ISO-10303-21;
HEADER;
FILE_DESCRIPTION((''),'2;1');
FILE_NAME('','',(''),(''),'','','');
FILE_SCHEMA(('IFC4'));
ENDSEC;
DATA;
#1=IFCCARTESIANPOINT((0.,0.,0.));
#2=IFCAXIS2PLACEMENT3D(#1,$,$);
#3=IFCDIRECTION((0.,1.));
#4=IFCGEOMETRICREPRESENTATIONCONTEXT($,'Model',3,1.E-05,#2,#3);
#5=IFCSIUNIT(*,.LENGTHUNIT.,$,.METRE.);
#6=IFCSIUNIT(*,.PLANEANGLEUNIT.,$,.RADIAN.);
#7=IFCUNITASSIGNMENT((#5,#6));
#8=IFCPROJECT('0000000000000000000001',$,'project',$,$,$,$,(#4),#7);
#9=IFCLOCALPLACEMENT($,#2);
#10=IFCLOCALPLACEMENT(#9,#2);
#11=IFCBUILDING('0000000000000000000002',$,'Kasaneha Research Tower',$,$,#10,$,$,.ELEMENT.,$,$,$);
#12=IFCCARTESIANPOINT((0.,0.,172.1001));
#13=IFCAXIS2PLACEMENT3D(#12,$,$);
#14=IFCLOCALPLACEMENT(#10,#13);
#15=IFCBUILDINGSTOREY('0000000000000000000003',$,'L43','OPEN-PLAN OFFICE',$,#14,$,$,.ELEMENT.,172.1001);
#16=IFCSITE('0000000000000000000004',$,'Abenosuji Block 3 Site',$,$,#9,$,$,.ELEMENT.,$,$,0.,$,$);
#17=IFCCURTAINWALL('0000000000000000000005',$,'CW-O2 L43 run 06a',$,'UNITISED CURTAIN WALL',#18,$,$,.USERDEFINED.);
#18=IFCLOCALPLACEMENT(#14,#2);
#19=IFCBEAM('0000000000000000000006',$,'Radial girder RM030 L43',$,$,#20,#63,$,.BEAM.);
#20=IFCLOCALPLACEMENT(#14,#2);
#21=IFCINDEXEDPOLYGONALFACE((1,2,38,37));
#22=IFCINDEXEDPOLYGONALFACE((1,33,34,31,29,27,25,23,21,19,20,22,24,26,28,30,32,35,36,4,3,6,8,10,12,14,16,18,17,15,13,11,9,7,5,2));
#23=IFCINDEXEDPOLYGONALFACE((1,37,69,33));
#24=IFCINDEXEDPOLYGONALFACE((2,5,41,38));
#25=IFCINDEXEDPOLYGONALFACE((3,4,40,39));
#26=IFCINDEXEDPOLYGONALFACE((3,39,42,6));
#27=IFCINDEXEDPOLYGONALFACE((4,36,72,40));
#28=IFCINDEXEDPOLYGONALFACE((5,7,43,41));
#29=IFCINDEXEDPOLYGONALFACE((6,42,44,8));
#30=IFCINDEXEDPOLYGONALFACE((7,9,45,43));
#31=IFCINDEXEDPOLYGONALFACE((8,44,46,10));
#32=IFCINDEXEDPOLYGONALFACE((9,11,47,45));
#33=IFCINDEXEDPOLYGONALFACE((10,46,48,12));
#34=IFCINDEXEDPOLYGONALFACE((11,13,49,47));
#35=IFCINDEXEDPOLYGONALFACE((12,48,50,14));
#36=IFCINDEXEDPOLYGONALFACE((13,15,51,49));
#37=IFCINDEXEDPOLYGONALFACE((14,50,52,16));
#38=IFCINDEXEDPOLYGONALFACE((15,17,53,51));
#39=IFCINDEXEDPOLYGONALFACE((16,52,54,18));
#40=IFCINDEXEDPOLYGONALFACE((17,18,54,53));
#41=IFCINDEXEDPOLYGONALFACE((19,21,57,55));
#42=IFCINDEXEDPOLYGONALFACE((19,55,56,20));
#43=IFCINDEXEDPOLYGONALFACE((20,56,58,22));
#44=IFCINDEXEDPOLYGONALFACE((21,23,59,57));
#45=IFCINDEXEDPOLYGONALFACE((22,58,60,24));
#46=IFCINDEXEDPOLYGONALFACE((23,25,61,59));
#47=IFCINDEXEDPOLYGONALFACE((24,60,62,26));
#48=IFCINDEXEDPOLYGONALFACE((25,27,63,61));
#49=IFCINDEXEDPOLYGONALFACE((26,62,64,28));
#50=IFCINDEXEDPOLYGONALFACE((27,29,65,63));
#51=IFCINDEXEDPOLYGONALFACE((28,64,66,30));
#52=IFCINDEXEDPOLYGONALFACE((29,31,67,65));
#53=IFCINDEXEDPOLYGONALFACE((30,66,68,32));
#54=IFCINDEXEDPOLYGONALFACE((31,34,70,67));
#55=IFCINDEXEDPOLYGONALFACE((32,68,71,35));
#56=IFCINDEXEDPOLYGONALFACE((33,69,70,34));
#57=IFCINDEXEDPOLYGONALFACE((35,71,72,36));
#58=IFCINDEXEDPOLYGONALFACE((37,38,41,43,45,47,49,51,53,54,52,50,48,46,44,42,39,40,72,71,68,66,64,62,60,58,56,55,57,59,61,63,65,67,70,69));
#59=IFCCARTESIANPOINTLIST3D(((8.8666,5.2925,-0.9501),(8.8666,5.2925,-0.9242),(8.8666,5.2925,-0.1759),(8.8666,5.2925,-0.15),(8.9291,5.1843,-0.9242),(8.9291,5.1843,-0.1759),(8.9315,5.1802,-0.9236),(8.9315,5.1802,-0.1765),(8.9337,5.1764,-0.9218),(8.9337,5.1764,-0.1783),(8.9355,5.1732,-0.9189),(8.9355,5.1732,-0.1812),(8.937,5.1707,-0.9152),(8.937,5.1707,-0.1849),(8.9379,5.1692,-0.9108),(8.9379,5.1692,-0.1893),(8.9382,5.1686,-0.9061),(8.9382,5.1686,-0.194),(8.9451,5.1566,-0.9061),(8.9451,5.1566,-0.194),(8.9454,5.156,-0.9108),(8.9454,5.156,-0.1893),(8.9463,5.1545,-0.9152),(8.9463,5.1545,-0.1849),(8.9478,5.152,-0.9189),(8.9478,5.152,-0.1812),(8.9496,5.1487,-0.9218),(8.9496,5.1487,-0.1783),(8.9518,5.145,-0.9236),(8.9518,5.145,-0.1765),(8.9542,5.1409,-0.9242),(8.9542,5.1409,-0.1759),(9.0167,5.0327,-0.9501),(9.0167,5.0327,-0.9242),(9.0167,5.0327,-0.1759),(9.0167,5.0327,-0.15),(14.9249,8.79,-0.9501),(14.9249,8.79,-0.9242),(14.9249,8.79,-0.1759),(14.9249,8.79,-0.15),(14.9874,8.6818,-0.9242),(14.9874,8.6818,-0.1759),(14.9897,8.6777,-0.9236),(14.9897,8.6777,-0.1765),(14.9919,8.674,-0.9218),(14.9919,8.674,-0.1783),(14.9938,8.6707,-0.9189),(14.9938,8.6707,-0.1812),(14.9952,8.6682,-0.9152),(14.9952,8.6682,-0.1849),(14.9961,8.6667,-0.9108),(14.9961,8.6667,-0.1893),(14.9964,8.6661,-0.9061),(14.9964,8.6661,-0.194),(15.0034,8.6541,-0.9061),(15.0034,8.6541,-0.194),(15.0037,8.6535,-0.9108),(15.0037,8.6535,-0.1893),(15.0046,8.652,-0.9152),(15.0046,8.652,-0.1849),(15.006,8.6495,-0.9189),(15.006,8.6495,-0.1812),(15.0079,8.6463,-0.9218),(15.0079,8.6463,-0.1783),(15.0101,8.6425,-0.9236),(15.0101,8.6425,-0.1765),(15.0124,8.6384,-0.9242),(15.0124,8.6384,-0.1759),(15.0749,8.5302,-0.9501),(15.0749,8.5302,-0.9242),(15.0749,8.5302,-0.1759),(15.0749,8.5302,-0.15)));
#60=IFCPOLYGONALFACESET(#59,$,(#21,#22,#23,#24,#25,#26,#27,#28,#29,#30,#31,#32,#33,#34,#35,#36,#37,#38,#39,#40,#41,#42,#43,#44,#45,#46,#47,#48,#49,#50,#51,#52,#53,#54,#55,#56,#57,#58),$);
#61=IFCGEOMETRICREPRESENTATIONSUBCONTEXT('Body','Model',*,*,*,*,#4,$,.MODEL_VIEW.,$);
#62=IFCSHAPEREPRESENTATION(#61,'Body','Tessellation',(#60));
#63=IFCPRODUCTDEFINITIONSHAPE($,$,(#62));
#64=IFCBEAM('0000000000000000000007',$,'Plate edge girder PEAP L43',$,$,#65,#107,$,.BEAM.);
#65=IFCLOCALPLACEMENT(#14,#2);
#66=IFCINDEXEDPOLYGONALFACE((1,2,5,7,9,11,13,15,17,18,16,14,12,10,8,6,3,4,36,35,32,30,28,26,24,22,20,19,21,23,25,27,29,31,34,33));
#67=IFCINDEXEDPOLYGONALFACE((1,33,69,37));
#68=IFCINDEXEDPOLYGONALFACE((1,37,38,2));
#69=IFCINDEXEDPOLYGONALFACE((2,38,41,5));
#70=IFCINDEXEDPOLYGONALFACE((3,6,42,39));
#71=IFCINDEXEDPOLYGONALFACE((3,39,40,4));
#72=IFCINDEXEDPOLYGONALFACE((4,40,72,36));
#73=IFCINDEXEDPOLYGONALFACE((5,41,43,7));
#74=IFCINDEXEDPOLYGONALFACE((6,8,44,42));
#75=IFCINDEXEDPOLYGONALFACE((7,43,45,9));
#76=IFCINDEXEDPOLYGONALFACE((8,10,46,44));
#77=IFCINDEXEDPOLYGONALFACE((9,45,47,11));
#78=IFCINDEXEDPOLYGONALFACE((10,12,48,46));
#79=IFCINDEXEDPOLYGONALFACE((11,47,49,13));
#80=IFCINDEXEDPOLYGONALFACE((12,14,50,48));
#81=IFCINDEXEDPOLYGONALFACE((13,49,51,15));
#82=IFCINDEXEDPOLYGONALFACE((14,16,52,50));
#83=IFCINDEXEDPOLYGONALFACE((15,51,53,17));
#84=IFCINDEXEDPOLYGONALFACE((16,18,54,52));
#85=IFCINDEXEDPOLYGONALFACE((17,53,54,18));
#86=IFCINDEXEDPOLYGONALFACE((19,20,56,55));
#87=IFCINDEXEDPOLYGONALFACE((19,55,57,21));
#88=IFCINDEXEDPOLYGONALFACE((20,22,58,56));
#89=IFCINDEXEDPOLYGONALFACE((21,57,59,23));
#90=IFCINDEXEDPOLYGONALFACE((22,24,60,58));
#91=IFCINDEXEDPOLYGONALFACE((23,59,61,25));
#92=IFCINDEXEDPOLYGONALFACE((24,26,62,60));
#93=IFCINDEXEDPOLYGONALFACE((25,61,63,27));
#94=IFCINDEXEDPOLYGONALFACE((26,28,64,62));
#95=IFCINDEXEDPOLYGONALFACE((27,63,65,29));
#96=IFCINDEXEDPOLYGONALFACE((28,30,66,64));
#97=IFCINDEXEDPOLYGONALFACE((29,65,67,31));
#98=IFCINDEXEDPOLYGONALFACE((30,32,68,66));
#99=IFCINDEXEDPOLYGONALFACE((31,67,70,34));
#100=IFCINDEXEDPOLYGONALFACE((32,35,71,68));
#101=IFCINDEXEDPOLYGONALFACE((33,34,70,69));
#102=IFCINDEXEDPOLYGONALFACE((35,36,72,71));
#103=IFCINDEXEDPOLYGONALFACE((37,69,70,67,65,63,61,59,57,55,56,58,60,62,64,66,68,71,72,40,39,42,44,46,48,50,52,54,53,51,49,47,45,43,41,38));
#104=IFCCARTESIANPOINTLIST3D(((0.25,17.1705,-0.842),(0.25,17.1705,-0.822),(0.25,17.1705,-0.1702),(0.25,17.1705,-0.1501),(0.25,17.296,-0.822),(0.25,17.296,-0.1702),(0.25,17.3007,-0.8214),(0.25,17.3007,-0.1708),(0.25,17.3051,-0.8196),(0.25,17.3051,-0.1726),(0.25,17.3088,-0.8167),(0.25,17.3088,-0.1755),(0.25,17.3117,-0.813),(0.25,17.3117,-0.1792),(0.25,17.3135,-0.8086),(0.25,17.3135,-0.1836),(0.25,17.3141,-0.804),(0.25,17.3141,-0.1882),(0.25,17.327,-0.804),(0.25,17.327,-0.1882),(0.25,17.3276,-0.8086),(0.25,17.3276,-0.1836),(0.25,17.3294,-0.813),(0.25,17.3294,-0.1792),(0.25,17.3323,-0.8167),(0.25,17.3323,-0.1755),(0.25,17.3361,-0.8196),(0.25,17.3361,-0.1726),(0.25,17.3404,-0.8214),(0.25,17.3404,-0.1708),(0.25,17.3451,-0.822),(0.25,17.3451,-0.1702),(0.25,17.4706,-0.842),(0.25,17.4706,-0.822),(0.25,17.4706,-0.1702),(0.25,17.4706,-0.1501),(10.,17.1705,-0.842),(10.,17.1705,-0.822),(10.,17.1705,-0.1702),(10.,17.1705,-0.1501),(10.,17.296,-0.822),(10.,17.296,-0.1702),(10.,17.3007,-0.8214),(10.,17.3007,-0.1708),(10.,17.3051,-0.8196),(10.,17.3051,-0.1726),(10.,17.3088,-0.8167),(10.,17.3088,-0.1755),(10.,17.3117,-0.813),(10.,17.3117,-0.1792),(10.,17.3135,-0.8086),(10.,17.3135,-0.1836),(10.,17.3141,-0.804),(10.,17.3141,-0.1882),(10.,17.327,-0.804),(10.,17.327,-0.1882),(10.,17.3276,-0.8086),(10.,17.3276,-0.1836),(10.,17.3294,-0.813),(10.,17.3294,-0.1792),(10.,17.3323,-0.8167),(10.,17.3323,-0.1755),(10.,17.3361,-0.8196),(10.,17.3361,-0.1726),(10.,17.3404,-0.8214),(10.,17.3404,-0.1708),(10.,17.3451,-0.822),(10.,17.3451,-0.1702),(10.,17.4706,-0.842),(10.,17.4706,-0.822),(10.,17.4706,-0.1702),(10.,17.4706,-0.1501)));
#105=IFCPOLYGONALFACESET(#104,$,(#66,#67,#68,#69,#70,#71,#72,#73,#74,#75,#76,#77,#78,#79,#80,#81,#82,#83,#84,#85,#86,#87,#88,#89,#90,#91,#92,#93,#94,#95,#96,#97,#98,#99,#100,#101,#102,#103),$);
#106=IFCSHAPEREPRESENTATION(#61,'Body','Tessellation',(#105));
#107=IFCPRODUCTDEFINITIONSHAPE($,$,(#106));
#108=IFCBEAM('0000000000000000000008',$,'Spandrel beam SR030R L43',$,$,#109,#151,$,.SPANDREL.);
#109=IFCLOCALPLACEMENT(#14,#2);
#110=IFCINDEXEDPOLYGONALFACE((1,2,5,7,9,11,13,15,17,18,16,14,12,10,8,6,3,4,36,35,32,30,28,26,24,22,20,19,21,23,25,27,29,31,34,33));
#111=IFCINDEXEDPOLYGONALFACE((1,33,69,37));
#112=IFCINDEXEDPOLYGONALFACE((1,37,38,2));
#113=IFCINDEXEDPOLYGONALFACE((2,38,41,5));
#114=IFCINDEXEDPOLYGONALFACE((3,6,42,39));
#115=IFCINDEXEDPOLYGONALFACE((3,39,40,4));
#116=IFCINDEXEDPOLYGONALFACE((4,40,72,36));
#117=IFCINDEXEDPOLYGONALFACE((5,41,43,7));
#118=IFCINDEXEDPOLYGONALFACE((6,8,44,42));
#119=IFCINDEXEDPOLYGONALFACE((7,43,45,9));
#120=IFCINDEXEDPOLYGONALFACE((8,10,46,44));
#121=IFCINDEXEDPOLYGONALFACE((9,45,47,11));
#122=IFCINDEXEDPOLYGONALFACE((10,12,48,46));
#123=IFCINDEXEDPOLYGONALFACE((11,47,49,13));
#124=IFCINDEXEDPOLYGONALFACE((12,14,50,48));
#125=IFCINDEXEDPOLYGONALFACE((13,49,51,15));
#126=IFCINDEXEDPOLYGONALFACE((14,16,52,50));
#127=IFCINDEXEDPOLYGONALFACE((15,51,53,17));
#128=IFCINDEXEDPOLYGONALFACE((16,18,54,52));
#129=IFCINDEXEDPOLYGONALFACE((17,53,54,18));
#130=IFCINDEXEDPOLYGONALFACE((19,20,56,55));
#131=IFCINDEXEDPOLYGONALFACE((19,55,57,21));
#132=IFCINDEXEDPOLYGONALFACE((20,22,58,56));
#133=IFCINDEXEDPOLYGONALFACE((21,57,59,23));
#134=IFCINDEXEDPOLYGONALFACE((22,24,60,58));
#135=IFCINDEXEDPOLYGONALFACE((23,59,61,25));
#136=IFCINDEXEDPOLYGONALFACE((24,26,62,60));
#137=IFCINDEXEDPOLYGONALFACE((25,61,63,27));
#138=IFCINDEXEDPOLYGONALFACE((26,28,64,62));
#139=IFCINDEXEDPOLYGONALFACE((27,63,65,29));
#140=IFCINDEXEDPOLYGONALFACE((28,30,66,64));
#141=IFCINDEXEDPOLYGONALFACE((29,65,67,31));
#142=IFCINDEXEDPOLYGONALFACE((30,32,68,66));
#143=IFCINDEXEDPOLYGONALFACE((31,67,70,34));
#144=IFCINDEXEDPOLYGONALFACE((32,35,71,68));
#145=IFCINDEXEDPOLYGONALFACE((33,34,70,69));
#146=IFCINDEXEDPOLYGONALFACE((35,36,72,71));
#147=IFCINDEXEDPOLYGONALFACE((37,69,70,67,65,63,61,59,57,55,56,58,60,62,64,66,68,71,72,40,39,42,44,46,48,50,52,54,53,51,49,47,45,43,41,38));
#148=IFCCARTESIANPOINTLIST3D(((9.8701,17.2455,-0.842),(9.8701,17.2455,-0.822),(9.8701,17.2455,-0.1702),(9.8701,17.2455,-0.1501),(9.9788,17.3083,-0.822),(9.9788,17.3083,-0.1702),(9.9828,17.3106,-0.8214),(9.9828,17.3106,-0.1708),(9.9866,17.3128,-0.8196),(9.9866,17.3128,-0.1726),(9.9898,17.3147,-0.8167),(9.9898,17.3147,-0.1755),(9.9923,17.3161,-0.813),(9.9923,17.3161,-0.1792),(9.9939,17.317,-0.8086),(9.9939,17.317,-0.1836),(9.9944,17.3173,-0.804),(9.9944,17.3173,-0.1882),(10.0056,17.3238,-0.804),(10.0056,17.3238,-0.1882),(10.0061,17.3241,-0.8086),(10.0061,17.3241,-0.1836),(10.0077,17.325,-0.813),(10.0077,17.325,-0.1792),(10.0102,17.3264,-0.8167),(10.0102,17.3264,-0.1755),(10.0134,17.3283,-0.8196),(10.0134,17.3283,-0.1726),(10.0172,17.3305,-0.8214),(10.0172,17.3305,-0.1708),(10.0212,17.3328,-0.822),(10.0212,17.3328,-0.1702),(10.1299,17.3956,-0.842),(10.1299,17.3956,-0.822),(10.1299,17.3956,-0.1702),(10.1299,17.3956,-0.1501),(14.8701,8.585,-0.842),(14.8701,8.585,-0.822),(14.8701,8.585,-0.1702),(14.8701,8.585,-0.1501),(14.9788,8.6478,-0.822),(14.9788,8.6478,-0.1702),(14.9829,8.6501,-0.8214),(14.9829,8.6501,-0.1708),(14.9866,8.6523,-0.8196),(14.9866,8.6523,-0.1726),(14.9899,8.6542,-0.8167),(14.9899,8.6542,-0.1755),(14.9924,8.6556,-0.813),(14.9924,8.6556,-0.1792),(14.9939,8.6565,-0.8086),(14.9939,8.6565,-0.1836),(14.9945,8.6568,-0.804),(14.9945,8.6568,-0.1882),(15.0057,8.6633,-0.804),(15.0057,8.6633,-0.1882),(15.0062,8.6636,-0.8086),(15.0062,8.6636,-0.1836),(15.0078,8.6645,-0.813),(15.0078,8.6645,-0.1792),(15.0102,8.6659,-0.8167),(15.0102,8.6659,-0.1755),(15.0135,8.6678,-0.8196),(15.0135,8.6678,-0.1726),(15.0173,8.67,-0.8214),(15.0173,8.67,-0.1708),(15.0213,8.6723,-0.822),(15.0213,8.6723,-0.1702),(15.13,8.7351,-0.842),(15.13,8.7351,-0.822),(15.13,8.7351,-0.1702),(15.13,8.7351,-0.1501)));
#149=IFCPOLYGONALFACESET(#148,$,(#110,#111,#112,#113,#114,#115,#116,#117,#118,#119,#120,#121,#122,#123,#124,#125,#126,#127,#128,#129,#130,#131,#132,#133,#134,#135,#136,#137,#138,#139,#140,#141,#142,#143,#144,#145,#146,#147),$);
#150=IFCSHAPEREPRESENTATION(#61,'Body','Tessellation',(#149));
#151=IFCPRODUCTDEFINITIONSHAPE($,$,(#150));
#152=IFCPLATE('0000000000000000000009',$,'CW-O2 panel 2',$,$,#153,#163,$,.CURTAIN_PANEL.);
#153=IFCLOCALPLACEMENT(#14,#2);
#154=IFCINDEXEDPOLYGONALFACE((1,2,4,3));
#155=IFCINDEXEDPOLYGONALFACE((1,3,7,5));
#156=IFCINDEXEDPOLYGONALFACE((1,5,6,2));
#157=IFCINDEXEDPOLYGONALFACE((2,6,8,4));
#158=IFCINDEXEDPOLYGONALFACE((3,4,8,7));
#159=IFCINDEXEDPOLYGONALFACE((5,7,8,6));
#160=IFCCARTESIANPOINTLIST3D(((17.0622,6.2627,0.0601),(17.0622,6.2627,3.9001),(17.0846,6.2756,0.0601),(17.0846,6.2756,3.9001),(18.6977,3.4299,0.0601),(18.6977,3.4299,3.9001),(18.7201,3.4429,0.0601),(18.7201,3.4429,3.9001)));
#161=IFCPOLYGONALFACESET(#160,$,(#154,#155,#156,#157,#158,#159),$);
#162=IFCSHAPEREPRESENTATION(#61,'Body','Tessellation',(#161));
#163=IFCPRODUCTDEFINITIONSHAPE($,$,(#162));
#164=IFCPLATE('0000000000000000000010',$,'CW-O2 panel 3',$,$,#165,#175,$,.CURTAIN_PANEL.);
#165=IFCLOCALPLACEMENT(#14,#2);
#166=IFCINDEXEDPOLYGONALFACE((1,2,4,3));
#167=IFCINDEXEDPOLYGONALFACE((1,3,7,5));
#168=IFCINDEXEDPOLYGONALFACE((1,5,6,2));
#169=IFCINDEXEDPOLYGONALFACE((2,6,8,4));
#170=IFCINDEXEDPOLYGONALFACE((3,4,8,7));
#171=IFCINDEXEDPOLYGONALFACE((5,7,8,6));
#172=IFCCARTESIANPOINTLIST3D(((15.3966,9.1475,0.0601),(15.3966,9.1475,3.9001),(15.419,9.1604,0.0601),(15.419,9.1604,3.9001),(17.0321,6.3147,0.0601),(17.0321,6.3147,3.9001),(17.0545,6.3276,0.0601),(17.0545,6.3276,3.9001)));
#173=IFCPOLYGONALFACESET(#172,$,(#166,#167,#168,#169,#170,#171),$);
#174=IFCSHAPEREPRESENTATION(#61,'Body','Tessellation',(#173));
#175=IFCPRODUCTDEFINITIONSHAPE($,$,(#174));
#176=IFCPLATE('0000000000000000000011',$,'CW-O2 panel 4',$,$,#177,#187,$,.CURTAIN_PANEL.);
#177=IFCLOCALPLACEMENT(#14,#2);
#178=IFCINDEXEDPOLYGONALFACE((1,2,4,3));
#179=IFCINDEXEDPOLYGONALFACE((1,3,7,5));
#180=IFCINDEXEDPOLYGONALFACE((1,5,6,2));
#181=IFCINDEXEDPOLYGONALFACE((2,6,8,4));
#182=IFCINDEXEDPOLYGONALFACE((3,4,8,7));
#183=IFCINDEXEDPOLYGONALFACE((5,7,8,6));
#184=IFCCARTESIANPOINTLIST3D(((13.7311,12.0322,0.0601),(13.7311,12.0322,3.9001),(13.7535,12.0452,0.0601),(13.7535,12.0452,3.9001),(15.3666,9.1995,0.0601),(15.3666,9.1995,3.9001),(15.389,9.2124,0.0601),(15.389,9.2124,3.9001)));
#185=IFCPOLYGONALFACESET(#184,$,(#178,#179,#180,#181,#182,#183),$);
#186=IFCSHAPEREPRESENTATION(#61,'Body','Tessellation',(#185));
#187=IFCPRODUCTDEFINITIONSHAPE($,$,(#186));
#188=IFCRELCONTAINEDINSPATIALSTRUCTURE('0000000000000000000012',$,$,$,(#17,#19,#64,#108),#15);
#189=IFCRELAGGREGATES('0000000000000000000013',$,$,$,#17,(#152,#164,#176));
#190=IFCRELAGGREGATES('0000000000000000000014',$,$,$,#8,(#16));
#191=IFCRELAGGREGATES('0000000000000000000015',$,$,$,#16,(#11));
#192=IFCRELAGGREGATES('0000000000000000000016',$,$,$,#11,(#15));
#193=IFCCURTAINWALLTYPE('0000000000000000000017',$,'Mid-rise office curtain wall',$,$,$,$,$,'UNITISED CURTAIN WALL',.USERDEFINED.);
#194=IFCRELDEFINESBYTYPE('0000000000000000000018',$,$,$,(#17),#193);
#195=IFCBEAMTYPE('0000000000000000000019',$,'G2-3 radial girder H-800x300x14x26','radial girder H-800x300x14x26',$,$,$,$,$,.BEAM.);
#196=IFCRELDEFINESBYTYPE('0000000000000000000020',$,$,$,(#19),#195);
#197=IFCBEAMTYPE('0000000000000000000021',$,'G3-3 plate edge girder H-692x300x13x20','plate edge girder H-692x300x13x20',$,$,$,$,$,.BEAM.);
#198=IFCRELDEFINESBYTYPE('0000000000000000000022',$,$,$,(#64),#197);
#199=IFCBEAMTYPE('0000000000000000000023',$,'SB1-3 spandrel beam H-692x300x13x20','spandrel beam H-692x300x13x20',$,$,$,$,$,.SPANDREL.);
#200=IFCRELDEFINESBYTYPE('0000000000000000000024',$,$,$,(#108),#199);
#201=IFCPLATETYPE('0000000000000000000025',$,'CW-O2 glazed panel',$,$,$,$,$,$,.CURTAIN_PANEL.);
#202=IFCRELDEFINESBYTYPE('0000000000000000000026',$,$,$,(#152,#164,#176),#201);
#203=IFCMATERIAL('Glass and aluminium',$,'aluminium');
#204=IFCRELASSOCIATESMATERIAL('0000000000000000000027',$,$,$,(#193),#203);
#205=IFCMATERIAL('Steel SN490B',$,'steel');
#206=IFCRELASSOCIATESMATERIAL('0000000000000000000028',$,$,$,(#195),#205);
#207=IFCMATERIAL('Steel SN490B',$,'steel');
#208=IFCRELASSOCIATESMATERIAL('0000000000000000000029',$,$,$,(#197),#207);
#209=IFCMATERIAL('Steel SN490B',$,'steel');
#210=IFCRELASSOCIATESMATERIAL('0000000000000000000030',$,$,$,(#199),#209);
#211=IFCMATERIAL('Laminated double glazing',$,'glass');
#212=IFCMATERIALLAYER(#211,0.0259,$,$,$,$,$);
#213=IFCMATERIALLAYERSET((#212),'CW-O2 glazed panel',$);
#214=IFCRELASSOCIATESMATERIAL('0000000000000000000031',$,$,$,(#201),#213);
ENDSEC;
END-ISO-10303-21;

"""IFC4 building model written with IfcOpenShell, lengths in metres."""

from ifc_helpers import new_model, si_unit, direction, frame, origin, origin_2d, place, context, subcontext, project, spatial, rectangle, i_section, extrude, material, layer, layer_set, material_profile, profile_set, type_object, element, aggregate, save


model = new_model("IFC4")

# Units and contexts
model_context = context("Model", 3, precision=1e-05, world=origin(), true_north=direction((0.0, 1.0)))
body_context = subcontext(model_context, "Body", "Model", "MODEL_VIEW")
ifc_project = project(units=[si_unit("LENGTHUNIT", "METRE"), si_unit("PLANEANGLEUNIT", "RADIAN")], contexts=[model_context])

# Site, building, storey
site_placement = place(None, origin())
site = spatial("IfcSite", under=ifc_project, at=site_placement, Name="Abenosuji Block 3 Site", CompositionType="ELEMENT", RefElevation=0.0)
building_placement = place(site_placement, origin())
building = spatial("IfcBuilding", under=site, at=building_placement, Name="Kasaneha Research Tower", CompositionType="ELEMENT")
storey_placement = place(building_placement, frame((0.0, 0.0, 172.1001)))
storey = spatial("IfcBuildingStorey", under=building, at=storey_placement, Name="L43", Description="OPEN-PLAN OFFICE", CompositionType="ELEMENT", Elevation=172.1001)

# Curtain wall
ifc_material_1 = material(Name="Glass and aluminium", Category="aluminium")
curtain_wall_type = type_object("IfcCurtainWallType", Name="Mid-rise office curtain wall", ElementType="UNITISED CURTAIN WALL", PredefinedType="USERDEFINED", material=ifc_material_1)
curtain_wall_1_placement = place(storey_placement, origin())
curtain_wall_1 = element("IfcCurtainWall", 1, at=curtain_wall_1_placement, inside=storey, type_object=curtain_wall_type, Name="CW-O2 L43 run 06a", ObjectType="UNITISED CURTAIN WALL", PredefinedType="USERDEFINED")

# Beams
ifc_material_2 = material(Name="Steel SN490B", Category="steel")
ifc_material_profile_1 = material_profile(ifc_material_2, i_section(OverallWidth=0.3, OverallDepth=0.8, WebThickness=0.0139, FlangeThickness=0.0259, FilletRadius=0.0181, at=origin_2d()), Name="H-800x300x14x26")
ifc_profile_set_1 = profile_set([ifc_material_profile_1], Name="Steel SN490B")
beam_type_1 = type_object("IfcBeamType", Name="G2-3 radial girder H-800x300x14x26", Description="radial girder H-800x300x14x26", PredefinedType="BEAM", material=ifc_profile_set_1)
beam_1_placement = place(storey_placement, frame((8.9417, 5.1626, -0.55), z_axis=(0.86604, 0.499975, 0.0), x_axis=(-0.499975, 0.86604, 0.0)))
element("IfcBeam", 2, at=beam_1_placement, inside=storey, type_object=beam_type_1, Name="Radial girder RM030 L43", PredefinedType="BEAM", context=body_context, shape_type="SweptSolid", body=[
    extrude(i_section(OverallWidth=0.3, OverallDepth=0.8, WebThickness=0.0139, FlangeThickness=0.0259, FilletRadius=0.0181, at=origin_2d()), origin(), (0.0, 0.0, 1.0), 6.9954),
])
ifc_material_3 = material(Name="Steel SN490B", Category="steel")
ifc_material_profile_2 = material_profile(ifc_material_3, i_section(OverallWidth=0.3, OverallDepth=0.6919, WebThickness=0.0129, FlangeThickness=0.02, FilletRadius=0.0181, at=origin_2d()), Name="H-692x300x13x20")
ifc_profile_set_2 = profile_set([ifc_material_profile_2], Name="Steel SN490B")
beam_type_2 = type_object("IfcBeamType", Name="G3-3 plate edge girder H-692x300x13x20", Description="plate edge girder H-692x300x13x20", PredefinedType="BEAM", material=ifc_profile_set_2)
beam_2_placement = place(storey_placement, frame((10.0, 17.3206, -0.4961), z_axis=(-1.0, 0.0, 0.0), x_axis=(0.0, -1.0, 0.0)))
element("IfcBeam", 3, at=beam_2_placement, inside=storey, type_object=beam_type_2, Name="Plate edge girder PEAP L43", PredefinedType="BEAM", context=body_context, shape_type="SweptSolid", body=[
    extrude(i_section(OverallWidth=0.3, OverallDepth=0.6919, WebThickness=0.0129, FlangeThickness=0.02, FilletRadius=0.0181, at=origin_2d()), origin(), (0.0, 0.0, 1.0), 9.75),
])
ifc_material_4 = material(Name="Steel SN490B", Category="steel")
ifc_material_profile_3 = material_profile(ifc_material_4, i_section(OverallWidth=0.3, OverallDepth=0.6919, WebThickness=0.0129, FlangeThickness=0.02, FilletRadius=0.0181, at=origin_2d()), Name="H-692x300x13x20")
ifc_profile_set_3 = profile_set([ifc_material_profile_3], Name="Steel SN490B")
beam_type_3 = type_object("IfcBeamType", Name="SB1-3 spandrel beam H-692x300x13x20", Description="spandrel beam H-692x300x13x20", PredefinedType="SPANDREL", material=ifc_profile_set_3)
beam_3_placement = place(storey_placement, frame((10.0, 17.3206, -0.4961), z_axis=(0.499994, -0.866029, 0.0), x_axis=(0.866029, 0.499994, 0.0)))
element("IfcBeam", 4, at=beam_3_placement, inside=storey, type_object=beam_type_3, Name="Spandrel beam SR030R L43", PredefinedType="SPANDREL", context=body_context, shape_type="SweptSolid", body=[
    extrude(i_section(OverallWidth=0.3, OverallDepth=0.6919, WebThickness=0.0129, FlangeThickness=0.02, FilletRadius=0.0181, at=origin_2d()), origin(), (0.0, 0.0, 1.0), 10.0002),
])

# Plates
ifc_material_5 = material(Name="Laminated double glazing", Category="glass")
ifc_layer_1 = layer(ifc_material_5, 0.0259)
ifc_layer_set_1 = layer_set([ifc_layer_1], Name="CW-O2 glazed panel")
plate_type = type_object("IfcPlateType", Name="CW-O2 glazed panel", PredefinedType="CURTAIN_PANEL", material=ifc_layer_set_1)
plate_1_placement = place(storey_placement, frame((17.8911, 4.8528, 0.0601), z_axis=(0.0, 0.0, 1.0), x_axis=(-0.5, 0.866025, 0.0)))
plate_1 = element("IfcPlate", 5, at=plate_1_placement, type_object=plate_type, Name="CW-O2 panel 2", PredefinedType="CURTAIN_PANEL", context=body_context, shape_type="SweptSolid", body=[
    extrude(rectangle(XDim=3.271, YDim=0.0259, at=origin_2d()), origin(), (0.0, 0.0, 1.0), 3.8401),
])
plate_2_placement = place(storey_placement, frame((16.2256, 7.7375, 0.0601), z_axis=(0.0, 0.0, 1.0), x_axis=(-0.5, 0.866025, 0.0)))
plate_2 = element("IfcPlate", 6, at=plate_2_placement, type_object=plate_type, Name="CW-O2 panel 3", PredefinedType="CURTAIN_PANEL", context=body_context, shape_type="SweptSolid", body=[
    extrude(rectangle(XDim=3.271, YDim=0.0259, at=origin_2d()), origin(), (0.0, 0.0, 1.0), 3.8401),
])
plate_3_placement = place(storey_placement, frame((14.5601, 10.6223, 0.0601), z_axis=(0.0, 0.0, 1.0), x_axis=(-0.5, 0.866025, 0.0)))
plate_3 = element("IfcPlate", 7, at=plate_3_placement, type_object=plate_type, Name="CW-O2 panel 4", PredefinedType="CURTAIN_PANEL", context=body_context, shape_type="SweptSolid", body=[
    extrude(rectangle(XDim=3.271, YDim=0.0259, at=origin_2d()), origin(), (0.0, 0.0, 1.0), 3.8401),
])
aggregate(curtain_wall_1, [plate_1, plate_2, plate_3])

save(model, "model.ifc")
